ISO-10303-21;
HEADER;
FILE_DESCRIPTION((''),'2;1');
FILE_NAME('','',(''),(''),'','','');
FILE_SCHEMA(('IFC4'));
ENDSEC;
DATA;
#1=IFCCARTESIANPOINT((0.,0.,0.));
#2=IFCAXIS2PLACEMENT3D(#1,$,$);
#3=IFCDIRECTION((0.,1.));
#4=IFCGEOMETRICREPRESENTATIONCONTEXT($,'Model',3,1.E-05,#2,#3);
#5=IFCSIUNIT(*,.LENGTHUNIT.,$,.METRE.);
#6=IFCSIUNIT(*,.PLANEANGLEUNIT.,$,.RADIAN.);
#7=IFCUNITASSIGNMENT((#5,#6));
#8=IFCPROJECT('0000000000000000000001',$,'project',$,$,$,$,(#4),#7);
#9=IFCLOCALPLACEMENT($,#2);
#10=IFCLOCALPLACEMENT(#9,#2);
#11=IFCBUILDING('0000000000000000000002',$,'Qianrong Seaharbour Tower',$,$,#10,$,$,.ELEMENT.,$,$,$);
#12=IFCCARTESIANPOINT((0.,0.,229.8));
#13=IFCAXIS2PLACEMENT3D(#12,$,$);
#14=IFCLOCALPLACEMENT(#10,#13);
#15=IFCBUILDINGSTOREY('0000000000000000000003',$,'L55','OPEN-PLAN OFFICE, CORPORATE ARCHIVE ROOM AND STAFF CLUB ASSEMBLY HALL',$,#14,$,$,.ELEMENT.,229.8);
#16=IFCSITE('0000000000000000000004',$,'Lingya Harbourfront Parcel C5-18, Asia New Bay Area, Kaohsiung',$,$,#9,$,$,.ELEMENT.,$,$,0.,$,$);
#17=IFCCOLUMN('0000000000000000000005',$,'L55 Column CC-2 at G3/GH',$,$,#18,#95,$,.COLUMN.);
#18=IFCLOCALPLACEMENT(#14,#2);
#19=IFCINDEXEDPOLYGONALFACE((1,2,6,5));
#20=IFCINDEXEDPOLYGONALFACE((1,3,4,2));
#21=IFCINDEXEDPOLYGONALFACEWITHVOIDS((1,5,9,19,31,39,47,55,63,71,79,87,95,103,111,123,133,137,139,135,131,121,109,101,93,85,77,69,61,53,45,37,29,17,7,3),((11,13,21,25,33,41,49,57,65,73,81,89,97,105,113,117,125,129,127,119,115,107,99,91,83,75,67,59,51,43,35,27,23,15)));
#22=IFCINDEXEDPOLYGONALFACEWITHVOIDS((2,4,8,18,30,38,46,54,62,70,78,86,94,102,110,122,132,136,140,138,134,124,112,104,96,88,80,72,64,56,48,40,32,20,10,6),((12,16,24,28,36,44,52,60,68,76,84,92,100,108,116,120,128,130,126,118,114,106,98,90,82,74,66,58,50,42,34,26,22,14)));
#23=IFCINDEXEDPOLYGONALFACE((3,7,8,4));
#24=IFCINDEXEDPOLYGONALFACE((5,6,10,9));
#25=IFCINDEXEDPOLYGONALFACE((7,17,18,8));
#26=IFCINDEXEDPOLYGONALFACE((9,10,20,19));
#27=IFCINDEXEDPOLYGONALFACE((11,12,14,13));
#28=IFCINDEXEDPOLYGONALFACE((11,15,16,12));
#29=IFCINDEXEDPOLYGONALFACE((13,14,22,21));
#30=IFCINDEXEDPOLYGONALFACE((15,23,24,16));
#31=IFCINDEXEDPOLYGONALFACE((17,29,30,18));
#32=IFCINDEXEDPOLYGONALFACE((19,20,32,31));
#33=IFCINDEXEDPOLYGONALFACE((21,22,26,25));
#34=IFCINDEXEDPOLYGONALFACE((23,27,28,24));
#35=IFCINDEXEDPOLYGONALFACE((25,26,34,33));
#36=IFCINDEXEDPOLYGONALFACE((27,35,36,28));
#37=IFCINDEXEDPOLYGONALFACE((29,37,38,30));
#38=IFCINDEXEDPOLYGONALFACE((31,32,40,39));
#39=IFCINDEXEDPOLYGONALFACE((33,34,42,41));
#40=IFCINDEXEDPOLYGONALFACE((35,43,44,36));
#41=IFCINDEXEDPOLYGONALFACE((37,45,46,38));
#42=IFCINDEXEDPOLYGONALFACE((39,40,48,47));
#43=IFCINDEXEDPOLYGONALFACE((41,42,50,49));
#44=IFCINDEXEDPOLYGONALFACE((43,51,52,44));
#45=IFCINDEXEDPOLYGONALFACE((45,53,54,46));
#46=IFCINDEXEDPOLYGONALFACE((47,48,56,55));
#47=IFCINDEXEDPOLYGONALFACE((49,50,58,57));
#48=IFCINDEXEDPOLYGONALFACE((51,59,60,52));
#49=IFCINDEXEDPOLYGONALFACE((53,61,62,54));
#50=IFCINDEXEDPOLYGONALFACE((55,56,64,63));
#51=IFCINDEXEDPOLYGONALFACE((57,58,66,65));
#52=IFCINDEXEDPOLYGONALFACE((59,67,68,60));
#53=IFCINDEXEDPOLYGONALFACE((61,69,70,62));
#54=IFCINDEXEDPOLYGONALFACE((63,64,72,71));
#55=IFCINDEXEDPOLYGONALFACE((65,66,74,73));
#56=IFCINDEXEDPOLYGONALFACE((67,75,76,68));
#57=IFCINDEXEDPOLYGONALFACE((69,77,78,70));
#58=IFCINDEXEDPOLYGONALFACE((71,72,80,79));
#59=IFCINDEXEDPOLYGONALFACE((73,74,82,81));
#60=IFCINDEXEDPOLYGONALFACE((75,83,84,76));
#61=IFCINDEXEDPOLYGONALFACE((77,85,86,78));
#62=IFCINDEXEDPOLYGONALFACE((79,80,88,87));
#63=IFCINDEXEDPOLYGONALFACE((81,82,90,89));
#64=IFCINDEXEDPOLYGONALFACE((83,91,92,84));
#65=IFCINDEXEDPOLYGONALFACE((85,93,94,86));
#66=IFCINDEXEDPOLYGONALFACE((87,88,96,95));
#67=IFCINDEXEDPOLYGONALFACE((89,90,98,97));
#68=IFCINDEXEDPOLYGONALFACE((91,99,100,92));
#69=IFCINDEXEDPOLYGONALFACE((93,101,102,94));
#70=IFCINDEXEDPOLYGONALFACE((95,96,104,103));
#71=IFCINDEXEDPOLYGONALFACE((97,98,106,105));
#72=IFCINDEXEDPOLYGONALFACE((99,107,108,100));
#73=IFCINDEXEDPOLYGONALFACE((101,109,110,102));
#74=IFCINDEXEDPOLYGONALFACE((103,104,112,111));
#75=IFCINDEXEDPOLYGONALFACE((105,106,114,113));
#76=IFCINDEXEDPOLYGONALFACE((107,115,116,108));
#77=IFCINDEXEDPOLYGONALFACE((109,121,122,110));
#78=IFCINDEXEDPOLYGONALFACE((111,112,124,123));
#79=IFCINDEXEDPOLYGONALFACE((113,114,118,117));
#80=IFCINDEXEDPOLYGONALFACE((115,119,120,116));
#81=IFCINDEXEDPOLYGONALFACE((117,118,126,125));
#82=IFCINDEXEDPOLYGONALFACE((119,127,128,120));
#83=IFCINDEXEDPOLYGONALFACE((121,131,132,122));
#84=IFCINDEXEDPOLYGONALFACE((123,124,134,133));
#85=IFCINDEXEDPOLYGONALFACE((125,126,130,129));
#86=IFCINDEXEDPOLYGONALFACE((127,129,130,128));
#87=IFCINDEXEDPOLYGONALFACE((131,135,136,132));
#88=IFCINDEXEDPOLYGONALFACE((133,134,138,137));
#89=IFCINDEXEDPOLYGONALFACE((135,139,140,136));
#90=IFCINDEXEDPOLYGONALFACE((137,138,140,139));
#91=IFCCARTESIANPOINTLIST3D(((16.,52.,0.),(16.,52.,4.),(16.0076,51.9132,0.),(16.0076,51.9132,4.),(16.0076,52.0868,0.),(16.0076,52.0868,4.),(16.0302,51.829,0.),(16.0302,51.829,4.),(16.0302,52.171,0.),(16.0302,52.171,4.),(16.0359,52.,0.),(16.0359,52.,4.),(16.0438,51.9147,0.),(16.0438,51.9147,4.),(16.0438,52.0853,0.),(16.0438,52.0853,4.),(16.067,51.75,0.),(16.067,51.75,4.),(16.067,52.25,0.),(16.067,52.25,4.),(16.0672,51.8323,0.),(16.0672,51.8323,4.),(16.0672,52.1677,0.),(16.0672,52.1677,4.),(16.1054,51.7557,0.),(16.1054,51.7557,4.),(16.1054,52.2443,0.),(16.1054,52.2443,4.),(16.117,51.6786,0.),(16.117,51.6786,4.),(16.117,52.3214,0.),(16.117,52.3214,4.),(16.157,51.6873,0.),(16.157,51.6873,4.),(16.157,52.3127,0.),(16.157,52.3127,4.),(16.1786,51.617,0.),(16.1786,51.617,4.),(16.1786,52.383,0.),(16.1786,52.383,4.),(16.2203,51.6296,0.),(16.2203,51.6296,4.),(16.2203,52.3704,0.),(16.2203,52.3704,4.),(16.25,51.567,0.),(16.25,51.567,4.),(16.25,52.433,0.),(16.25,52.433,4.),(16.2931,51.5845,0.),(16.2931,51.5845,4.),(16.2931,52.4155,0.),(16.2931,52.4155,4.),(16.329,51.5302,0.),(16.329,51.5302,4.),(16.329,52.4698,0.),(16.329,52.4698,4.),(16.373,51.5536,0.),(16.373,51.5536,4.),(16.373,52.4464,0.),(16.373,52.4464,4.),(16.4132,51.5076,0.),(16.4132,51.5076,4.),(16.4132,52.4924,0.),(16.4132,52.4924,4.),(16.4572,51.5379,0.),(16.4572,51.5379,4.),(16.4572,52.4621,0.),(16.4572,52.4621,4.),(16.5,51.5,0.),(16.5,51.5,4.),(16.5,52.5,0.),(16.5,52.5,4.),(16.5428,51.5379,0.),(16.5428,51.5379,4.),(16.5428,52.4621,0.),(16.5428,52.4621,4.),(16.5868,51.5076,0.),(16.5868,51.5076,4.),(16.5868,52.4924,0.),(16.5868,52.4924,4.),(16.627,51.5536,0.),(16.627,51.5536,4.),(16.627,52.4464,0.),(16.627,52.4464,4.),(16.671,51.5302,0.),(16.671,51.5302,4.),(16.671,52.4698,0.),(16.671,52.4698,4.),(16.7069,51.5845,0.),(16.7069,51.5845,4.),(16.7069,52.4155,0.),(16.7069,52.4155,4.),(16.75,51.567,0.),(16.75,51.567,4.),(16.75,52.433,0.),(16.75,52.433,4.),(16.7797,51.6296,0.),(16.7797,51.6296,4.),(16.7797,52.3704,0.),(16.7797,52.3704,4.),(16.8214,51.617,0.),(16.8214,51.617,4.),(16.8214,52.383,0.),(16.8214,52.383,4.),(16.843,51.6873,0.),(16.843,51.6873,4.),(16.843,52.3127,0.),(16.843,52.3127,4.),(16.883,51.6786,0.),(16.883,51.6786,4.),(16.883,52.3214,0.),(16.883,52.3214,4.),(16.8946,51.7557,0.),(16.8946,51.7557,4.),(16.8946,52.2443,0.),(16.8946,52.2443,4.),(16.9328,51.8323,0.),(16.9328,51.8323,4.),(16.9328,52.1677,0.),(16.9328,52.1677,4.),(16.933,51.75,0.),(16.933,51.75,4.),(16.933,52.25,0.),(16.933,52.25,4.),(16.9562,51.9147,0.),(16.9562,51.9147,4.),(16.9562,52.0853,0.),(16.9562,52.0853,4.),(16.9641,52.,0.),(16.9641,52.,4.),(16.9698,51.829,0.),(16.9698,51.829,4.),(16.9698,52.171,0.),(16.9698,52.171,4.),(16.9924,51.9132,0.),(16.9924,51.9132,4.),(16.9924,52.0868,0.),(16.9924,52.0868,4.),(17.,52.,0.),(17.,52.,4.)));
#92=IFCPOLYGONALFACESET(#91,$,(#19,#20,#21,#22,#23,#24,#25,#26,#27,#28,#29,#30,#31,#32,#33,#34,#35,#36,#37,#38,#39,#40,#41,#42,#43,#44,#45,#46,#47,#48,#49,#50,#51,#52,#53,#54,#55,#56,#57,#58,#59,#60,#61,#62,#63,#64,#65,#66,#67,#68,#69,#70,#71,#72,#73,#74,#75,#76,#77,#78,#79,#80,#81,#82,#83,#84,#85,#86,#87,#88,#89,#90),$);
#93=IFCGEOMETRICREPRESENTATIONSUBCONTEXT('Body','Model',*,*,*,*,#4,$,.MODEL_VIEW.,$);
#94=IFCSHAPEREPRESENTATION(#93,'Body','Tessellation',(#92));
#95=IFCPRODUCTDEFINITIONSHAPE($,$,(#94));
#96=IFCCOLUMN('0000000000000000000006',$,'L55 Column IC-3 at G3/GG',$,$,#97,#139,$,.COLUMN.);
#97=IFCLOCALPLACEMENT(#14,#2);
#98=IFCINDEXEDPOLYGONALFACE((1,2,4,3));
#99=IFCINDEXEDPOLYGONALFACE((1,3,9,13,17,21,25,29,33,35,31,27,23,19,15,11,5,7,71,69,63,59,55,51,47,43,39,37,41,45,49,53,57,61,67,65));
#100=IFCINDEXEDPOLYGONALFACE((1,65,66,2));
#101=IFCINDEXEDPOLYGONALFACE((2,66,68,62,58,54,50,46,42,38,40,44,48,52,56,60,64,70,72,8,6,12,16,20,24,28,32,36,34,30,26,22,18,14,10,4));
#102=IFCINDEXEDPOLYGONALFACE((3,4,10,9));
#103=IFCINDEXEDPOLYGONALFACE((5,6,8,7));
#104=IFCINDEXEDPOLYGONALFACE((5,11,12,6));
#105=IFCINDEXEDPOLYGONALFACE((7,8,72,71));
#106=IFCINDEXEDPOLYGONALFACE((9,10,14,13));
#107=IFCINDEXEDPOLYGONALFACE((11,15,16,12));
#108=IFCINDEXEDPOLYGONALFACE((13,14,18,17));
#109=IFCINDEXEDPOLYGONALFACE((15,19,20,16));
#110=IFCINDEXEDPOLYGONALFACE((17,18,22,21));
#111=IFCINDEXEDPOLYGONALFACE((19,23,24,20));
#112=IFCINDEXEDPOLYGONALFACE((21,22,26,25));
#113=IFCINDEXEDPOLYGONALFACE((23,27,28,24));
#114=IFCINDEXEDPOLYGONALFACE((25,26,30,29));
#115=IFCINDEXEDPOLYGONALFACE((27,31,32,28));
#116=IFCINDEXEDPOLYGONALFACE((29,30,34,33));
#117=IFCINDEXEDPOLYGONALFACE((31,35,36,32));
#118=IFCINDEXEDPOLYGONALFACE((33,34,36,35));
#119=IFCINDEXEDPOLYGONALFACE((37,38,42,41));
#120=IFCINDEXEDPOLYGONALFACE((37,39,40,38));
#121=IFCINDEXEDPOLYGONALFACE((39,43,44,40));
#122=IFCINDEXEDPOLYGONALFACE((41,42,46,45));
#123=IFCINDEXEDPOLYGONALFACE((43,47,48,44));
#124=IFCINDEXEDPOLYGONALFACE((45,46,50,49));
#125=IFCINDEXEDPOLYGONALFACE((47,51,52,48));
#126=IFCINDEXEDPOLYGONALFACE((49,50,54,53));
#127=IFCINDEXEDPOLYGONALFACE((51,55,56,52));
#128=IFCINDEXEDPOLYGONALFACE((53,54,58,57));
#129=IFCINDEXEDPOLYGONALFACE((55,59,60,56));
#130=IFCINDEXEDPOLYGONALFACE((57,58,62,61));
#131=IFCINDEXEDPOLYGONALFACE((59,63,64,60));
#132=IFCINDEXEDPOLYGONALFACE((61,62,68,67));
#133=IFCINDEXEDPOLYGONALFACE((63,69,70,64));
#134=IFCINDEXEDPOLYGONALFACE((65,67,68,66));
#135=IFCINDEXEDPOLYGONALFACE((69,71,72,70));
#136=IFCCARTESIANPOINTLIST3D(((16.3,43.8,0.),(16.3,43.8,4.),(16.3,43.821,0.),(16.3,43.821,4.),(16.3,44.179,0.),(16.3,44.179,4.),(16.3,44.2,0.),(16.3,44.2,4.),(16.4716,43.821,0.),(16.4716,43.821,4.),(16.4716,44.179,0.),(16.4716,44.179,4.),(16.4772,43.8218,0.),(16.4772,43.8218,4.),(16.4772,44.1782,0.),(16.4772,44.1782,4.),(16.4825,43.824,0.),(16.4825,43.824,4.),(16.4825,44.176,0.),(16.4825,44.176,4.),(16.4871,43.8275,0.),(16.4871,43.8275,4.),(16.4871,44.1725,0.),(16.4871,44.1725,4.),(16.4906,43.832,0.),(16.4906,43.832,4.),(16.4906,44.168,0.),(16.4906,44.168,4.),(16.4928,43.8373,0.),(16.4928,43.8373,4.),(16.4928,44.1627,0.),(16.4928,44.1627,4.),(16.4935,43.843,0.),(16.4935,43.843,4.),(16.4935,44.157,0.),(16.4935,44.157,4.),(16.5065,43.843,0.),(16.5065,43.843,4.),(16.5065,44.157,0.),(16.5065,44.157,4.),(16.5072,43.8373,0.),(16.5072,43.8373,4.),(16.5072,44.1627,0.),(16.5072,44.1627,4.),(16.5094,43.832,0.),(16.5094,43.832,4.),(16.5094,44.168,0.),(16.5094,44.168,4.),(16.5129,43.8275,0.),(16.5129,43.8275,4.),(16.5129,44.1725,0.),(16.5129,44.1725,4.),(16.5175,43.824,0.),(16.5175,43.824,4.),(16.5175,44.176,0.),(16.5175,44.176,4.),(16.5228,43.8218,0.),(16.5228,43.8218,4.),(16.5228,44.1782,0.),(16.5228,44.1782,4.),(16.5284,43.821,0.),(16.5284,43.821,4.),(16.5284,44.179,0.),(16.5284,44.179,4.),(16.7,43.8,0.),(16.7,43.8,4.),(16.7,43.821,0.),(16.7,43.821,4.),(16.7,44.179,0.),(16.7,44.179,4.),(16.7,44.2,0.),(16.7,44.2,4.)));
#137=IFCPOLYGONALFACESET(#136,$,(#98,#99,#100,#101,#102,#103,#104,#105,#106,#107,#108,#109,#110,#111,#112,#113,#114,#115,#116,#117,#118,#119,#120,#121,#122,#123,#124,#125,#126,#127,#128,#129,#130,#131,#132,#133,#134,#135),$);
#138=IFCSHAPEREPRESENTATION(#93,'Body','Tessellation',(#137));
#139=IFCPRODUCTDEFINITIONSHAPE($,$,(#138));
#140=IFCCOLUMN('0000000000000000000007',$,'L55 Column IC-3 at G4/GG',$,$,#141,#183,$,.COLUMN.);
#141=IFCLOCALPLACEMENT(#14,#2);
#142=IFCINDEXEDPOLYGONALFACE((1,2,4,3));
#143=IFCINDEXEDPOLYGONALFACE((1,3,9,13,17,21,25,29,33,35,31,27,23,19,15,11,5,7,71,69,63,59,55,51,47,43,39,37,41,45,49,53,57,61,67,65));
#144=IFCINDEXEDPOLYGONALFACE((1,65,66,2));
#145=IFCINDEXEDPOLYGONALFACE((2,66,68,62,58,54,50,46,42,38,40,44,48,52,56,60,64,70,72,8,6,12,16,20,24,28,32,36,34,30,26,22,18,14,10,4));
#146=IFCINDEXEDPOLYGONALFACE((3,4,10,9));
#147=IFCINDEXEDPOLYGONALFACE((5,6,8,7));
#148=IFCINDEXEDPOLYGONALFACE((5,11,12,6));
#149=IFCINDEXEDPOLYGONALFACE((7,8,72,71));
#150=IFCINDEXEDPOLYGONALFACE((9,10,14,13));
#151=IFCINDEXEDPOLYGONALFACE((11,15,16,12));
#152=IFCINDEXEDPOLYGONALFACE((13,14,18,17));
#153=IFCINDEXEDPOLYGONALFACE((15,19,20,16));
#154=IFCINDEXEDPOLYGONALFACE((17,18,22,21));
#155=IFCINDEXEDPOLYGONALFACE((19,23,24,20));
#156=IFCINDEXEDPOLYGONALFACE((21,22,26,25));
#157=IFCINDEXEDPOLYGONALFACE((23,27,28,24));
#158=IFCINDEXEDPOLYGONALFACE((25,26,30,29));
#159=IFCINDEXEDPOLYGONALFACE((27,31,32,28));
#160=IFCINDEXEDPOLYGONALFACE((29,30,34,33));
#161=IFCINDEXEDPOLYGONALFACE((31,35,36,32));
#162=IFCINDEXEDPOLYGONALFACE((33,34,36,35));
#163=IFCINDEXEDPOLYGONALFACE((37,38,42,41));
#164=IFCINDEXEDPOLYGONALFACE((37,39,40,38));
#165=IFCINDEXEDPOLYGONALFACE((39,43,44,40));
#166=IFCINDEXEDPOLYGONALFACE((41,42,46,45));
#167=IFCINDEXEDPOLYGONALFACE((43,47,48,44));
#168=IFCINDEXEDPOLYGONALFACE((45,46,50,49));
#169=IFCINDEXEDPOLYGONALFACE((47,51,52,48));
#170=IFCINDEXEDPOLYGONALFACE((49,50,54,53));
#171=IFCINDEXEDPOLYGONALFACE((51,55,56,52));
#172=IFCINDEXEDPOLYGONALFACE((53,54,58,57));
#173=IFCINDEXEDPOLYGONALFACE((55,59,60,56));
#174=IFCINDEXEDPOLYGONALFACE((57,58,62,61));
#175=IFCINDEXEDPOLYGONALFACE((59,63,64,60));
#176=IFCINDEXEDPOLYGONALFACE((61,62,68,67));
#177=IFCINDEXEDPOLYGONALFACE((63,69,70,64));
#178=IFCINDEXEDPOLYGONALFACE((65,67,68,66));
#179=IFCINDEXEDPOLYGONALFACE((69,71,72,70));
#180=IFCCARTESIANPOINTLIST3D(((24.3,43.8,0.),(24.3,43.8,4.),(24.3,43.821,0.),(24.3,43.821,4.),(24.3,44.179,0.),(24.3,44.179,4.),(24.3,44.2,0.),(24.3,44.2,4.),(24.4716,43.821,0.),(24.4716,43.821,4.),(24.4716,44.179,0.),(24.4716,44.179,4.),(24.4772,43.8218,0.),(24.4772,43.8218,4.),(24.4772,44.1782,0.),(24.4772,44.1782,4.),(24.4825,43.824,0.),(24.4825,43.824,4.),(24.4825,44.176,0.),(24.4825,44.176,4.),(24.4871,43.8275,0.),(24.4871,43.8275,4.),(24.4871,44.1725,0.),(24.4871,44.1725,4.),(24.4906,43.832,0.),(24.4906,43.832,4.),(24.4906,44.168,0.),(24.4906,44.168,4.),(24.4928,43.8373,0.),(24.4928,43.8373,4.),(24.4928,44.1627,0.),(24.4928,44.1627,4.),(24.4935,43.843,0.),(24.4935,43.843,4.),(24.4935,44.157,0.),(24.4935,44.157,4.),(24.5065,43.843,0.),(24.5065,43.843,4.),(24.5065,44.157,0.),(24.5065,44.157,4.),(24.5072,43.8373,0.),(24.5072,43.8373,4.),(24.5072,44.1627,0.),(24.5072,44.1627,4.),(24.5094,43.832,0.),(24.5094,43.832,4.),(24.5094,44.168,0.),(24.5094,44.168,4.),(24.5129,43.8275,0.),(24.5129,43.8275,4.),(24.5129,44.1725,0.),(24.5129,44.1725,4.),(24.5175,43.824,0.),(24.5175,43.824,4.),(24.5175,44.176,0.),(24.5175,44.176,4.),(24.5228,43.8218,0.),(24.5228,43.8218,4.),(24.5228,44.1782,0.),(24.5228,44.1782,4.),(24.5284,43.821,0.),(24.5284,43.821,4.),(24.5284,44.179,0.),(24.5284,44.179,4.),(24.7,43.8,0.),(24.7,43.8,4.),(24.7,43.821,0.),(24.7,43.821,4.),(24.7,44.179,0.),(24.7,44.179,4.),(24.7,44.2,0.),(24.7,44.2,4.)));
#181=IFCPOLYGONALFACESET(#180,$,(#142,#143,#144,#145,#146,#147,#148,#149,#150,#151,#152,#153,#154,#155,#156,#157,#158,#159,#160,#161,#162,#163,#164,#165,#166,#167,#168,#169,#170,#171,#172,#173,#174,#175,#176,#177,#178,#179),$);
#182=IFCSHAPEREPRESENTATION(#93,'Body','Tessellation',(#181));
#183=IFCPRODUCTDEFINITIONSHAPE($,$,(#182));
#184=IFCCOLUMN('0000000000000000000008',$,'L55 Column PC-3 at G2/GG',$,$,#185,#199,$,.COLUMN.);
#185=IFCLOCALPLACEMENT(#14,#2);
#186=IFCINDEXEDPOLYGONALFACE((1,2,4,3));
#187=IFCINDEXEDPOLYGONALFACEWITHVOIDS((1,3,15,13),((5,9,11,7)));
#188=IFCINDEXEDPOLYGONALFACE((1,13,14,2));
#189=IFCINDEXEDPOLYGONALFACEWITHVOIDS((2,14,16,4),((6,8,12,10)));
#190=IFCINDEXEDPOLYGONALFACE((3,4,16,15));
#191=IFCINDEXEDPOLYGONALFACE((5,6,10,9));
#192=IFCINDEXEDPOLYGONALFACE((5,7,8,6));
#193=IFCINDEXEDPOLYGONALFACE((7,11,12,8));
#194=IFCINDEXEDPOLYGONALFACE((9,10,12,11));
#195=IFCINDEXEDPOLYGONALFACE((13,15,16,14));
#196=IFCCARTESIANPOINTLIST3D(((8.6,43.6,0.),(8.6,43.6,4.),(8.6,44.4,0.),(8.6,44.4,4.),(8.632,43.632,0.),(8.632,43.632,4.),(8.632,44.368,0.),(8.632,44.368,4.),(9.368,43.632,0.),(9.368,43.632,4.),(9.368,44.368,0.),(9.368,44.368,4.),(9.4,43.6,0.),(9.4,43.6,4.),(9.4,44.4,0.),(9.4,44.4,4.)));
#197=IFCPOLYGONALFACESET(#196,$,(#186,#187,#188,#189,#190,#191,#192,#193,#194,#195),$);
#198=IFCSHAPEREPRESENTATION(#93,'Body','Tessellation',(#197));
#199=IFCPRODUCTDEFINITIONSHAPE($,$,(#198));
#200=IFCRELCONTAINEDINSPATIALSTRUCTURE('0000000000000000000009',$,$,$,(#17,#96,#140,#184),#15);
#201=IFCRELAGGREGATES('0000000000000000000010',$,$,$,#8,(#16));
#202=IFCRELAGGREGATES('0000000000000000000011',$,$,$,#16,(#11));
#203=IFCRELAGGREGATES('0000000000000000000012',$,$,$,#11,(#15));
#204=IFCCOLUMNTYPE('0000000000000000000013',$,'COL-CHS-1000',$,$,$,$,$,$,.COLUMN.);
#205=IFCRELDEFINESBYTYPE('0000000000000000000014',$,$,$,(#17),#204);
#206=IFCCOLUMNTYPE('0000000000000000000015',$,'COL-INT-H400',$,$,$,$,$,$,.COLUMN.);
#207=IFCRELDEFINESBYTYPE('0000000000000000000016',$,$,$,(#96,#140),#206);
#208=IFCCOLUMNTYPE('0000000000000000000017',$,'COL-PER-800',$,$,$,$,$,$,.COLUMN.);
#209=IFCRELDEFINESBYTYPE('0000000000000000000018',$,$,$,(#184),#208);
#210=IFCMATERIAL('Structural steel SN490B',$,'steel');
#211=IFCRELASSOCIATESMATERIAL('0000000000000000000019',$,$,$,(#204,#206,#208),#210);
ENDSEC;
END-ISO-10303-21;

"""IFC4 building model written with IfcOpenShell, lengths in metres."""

from ifc_helpers import new_model, si_unit, direction, frame, origin, origin_2d, place, context, subcontext, project, spatial, hollow_rectangle, hollow_circle, i_section, extrude, material, material_profile, profile_set, type_object, element, save


model = new_model("IFC4")

# Units and contexts
model_context = context("Model", 3, precision=1e-05, world=origin(), true_north=direction((0.0, 1.0)))
body_context = subcontext(model_context, "Body", "Model", "MODEL_VIEW")
ifc_project = project(units=[si_unit("LENGTHUNIT", "METRE"), si_unit("PLANEANGLEUNIT", "RADIAN")], contexts=[model_context])

# Site, building, storey
site_placement = place(None, origin())
site = spatial("IfcSite", under=ifc_project, at=site_placement, Name="Lingya Harbourfront Parcel C5-18, Asia New Bay Area, Kaohsiung", CompositionType="ELEMENT", RefElevation=0.0)
building_placement = place(site_placement, origin())
building = spatial("IfcBuilding", under=site, at=building_placement, Name="Qianrong Seaharbour Tower", CompositionType="ELEMENT")
storey_placement = place(building_placement, frame((0.0, 0.0, 229.8)))
storey = spatial("IfcBuildingStorey", under=building, at=storey_placement, Name="L55", Description="OPEN-PLAN OFFICE, CORPORATE ARCHIVE ROOM AND STAFF CLUB ASSEMBLY HALL", CompositionType="ELEMENT", Elevation=229.8)

# Columns
ifc_material_1 = material(Name="Structural steel SN490B", Category="steel")
ifc_material_profile_1 = material_profile(ifc_material_1, hollow_circle(Radius=0.5, WallThickness=0.0359, at=origin_2d()), Name="CHS1000x36")
ifc_profile_set_1 = profile_set([ifc_material_profile_1], Name="Structural steel SN490B")
column_type_1 = type_object("IfcColumnType", Name="COL-CHS-1000", PredefinedType="COLUMN", material=ifc_profile_set_1)
column_placement = place(storey_placement, frame((16.5, 52.0, 0.0), z_axis=(0.0, 0.0, 1.0), x_axis=(1.0, 0.0, 0.0)))
element("IfcColumn", 1, at=column_placement, inside=storey, type_object=column_type_1, Name="L55 Column CC-2 at G3/GH", PredefinedType="COLUMN", context=body_context, shape_type="SweptSolid", body=[
    extrude(hollow_circle(Radius=0.5, WallThickness=0.0359, at=origin_2d()), origin(), (0.0, 0.0, 1.0), 4.0),
])
ifc_material_profile_2 = material_profile(ifc_material_1, i_section(OverallWidth=0.3999, OverallDepth=0.3999, WebThickness=0.0129, FlangeThickness=0.021, FilletRadius=0.022, at=origin_2d()), Name="H400x400x13x21")
ifc_profile_set_2 = profile_set([ifc_material_profile_2], Name="Structural steel SN490B")
column_type_2 = type_object("IfcColumnType", Name="COL-INT-H400", PredefinedType="COLUMN", material=ifc_profile_set_2)
for number, where, z_axis, x_axis, name in (
    (2, (16.5, 44.0, 0.0), (0.0, 0.0, 1.0), (1.0, 0.0, 0.0), "L55 Column IC-3 at G3/GG"),
    (3, (24.5, 44.0, 0.0), (0.0, 0.0, 1.0), (1.0, 0.0, 0.0), "L55 Column IC-3 at G4/GG"),
):
    element("IfcColumn", number, at=place(storey_placement, frame(where, z_axis=z_axis, x_axis=x_axis)), inside=storey, type_object=column_type_2, Name=name, PredefinedType="COLUMN", context=body_context, shape_type="SweptSolid", body=[
        extrude(i_section(OverallWidth=0.3999, OverallDepth=0.3999, WebThickness=0.0129, FlangeThickness=0.021, FilletRadius=0.022, at=origin_2d()), origin(), (0.0, 0.0, 1.0), 4.0),
    ])
ifc_material_profile_3 = material_profile(ifc_material_1, hollow_rectangle(XDim=0.8, YDim=0.8, WallThickness=0.032, at=origin_2d()), Name="BOX800x800x32")
ifc_profile_set_3 = profile_set([ifc_material_profile_3], Name="Structural steel SN490B")
column_type_3 = type_object("IfcColumnType", Name="COL-PER-800", PredefinedType="COLUMN", material=ifc_profile_set_3)
for number, where, z_axis, x_axis, name in (
    (4, (9.0, 44.0, 0.0), (0.0, 0.0, 1.0), (1.0, 0.0, 0.0), "L55 Column PC-3 at G2/GG"),
):
    element("IfcColumn", number, at=place(storey_placement, frame(where, z_axis=z_axis, x_axis=x_axis)), inside=storey, type_object=column_type_3, Name=name, PredefinedType="COLUMN", context=body_context, shape_type="SweptSolid", body=[
        extrude(hollow_rectangle(XDim=0.8, YDim=0.8, WallThickness=0.032, at=origin_2d()), origin(), (0.0, 0.0, 1.0), 4.0),
    ])

save(model, "model.ifc")
